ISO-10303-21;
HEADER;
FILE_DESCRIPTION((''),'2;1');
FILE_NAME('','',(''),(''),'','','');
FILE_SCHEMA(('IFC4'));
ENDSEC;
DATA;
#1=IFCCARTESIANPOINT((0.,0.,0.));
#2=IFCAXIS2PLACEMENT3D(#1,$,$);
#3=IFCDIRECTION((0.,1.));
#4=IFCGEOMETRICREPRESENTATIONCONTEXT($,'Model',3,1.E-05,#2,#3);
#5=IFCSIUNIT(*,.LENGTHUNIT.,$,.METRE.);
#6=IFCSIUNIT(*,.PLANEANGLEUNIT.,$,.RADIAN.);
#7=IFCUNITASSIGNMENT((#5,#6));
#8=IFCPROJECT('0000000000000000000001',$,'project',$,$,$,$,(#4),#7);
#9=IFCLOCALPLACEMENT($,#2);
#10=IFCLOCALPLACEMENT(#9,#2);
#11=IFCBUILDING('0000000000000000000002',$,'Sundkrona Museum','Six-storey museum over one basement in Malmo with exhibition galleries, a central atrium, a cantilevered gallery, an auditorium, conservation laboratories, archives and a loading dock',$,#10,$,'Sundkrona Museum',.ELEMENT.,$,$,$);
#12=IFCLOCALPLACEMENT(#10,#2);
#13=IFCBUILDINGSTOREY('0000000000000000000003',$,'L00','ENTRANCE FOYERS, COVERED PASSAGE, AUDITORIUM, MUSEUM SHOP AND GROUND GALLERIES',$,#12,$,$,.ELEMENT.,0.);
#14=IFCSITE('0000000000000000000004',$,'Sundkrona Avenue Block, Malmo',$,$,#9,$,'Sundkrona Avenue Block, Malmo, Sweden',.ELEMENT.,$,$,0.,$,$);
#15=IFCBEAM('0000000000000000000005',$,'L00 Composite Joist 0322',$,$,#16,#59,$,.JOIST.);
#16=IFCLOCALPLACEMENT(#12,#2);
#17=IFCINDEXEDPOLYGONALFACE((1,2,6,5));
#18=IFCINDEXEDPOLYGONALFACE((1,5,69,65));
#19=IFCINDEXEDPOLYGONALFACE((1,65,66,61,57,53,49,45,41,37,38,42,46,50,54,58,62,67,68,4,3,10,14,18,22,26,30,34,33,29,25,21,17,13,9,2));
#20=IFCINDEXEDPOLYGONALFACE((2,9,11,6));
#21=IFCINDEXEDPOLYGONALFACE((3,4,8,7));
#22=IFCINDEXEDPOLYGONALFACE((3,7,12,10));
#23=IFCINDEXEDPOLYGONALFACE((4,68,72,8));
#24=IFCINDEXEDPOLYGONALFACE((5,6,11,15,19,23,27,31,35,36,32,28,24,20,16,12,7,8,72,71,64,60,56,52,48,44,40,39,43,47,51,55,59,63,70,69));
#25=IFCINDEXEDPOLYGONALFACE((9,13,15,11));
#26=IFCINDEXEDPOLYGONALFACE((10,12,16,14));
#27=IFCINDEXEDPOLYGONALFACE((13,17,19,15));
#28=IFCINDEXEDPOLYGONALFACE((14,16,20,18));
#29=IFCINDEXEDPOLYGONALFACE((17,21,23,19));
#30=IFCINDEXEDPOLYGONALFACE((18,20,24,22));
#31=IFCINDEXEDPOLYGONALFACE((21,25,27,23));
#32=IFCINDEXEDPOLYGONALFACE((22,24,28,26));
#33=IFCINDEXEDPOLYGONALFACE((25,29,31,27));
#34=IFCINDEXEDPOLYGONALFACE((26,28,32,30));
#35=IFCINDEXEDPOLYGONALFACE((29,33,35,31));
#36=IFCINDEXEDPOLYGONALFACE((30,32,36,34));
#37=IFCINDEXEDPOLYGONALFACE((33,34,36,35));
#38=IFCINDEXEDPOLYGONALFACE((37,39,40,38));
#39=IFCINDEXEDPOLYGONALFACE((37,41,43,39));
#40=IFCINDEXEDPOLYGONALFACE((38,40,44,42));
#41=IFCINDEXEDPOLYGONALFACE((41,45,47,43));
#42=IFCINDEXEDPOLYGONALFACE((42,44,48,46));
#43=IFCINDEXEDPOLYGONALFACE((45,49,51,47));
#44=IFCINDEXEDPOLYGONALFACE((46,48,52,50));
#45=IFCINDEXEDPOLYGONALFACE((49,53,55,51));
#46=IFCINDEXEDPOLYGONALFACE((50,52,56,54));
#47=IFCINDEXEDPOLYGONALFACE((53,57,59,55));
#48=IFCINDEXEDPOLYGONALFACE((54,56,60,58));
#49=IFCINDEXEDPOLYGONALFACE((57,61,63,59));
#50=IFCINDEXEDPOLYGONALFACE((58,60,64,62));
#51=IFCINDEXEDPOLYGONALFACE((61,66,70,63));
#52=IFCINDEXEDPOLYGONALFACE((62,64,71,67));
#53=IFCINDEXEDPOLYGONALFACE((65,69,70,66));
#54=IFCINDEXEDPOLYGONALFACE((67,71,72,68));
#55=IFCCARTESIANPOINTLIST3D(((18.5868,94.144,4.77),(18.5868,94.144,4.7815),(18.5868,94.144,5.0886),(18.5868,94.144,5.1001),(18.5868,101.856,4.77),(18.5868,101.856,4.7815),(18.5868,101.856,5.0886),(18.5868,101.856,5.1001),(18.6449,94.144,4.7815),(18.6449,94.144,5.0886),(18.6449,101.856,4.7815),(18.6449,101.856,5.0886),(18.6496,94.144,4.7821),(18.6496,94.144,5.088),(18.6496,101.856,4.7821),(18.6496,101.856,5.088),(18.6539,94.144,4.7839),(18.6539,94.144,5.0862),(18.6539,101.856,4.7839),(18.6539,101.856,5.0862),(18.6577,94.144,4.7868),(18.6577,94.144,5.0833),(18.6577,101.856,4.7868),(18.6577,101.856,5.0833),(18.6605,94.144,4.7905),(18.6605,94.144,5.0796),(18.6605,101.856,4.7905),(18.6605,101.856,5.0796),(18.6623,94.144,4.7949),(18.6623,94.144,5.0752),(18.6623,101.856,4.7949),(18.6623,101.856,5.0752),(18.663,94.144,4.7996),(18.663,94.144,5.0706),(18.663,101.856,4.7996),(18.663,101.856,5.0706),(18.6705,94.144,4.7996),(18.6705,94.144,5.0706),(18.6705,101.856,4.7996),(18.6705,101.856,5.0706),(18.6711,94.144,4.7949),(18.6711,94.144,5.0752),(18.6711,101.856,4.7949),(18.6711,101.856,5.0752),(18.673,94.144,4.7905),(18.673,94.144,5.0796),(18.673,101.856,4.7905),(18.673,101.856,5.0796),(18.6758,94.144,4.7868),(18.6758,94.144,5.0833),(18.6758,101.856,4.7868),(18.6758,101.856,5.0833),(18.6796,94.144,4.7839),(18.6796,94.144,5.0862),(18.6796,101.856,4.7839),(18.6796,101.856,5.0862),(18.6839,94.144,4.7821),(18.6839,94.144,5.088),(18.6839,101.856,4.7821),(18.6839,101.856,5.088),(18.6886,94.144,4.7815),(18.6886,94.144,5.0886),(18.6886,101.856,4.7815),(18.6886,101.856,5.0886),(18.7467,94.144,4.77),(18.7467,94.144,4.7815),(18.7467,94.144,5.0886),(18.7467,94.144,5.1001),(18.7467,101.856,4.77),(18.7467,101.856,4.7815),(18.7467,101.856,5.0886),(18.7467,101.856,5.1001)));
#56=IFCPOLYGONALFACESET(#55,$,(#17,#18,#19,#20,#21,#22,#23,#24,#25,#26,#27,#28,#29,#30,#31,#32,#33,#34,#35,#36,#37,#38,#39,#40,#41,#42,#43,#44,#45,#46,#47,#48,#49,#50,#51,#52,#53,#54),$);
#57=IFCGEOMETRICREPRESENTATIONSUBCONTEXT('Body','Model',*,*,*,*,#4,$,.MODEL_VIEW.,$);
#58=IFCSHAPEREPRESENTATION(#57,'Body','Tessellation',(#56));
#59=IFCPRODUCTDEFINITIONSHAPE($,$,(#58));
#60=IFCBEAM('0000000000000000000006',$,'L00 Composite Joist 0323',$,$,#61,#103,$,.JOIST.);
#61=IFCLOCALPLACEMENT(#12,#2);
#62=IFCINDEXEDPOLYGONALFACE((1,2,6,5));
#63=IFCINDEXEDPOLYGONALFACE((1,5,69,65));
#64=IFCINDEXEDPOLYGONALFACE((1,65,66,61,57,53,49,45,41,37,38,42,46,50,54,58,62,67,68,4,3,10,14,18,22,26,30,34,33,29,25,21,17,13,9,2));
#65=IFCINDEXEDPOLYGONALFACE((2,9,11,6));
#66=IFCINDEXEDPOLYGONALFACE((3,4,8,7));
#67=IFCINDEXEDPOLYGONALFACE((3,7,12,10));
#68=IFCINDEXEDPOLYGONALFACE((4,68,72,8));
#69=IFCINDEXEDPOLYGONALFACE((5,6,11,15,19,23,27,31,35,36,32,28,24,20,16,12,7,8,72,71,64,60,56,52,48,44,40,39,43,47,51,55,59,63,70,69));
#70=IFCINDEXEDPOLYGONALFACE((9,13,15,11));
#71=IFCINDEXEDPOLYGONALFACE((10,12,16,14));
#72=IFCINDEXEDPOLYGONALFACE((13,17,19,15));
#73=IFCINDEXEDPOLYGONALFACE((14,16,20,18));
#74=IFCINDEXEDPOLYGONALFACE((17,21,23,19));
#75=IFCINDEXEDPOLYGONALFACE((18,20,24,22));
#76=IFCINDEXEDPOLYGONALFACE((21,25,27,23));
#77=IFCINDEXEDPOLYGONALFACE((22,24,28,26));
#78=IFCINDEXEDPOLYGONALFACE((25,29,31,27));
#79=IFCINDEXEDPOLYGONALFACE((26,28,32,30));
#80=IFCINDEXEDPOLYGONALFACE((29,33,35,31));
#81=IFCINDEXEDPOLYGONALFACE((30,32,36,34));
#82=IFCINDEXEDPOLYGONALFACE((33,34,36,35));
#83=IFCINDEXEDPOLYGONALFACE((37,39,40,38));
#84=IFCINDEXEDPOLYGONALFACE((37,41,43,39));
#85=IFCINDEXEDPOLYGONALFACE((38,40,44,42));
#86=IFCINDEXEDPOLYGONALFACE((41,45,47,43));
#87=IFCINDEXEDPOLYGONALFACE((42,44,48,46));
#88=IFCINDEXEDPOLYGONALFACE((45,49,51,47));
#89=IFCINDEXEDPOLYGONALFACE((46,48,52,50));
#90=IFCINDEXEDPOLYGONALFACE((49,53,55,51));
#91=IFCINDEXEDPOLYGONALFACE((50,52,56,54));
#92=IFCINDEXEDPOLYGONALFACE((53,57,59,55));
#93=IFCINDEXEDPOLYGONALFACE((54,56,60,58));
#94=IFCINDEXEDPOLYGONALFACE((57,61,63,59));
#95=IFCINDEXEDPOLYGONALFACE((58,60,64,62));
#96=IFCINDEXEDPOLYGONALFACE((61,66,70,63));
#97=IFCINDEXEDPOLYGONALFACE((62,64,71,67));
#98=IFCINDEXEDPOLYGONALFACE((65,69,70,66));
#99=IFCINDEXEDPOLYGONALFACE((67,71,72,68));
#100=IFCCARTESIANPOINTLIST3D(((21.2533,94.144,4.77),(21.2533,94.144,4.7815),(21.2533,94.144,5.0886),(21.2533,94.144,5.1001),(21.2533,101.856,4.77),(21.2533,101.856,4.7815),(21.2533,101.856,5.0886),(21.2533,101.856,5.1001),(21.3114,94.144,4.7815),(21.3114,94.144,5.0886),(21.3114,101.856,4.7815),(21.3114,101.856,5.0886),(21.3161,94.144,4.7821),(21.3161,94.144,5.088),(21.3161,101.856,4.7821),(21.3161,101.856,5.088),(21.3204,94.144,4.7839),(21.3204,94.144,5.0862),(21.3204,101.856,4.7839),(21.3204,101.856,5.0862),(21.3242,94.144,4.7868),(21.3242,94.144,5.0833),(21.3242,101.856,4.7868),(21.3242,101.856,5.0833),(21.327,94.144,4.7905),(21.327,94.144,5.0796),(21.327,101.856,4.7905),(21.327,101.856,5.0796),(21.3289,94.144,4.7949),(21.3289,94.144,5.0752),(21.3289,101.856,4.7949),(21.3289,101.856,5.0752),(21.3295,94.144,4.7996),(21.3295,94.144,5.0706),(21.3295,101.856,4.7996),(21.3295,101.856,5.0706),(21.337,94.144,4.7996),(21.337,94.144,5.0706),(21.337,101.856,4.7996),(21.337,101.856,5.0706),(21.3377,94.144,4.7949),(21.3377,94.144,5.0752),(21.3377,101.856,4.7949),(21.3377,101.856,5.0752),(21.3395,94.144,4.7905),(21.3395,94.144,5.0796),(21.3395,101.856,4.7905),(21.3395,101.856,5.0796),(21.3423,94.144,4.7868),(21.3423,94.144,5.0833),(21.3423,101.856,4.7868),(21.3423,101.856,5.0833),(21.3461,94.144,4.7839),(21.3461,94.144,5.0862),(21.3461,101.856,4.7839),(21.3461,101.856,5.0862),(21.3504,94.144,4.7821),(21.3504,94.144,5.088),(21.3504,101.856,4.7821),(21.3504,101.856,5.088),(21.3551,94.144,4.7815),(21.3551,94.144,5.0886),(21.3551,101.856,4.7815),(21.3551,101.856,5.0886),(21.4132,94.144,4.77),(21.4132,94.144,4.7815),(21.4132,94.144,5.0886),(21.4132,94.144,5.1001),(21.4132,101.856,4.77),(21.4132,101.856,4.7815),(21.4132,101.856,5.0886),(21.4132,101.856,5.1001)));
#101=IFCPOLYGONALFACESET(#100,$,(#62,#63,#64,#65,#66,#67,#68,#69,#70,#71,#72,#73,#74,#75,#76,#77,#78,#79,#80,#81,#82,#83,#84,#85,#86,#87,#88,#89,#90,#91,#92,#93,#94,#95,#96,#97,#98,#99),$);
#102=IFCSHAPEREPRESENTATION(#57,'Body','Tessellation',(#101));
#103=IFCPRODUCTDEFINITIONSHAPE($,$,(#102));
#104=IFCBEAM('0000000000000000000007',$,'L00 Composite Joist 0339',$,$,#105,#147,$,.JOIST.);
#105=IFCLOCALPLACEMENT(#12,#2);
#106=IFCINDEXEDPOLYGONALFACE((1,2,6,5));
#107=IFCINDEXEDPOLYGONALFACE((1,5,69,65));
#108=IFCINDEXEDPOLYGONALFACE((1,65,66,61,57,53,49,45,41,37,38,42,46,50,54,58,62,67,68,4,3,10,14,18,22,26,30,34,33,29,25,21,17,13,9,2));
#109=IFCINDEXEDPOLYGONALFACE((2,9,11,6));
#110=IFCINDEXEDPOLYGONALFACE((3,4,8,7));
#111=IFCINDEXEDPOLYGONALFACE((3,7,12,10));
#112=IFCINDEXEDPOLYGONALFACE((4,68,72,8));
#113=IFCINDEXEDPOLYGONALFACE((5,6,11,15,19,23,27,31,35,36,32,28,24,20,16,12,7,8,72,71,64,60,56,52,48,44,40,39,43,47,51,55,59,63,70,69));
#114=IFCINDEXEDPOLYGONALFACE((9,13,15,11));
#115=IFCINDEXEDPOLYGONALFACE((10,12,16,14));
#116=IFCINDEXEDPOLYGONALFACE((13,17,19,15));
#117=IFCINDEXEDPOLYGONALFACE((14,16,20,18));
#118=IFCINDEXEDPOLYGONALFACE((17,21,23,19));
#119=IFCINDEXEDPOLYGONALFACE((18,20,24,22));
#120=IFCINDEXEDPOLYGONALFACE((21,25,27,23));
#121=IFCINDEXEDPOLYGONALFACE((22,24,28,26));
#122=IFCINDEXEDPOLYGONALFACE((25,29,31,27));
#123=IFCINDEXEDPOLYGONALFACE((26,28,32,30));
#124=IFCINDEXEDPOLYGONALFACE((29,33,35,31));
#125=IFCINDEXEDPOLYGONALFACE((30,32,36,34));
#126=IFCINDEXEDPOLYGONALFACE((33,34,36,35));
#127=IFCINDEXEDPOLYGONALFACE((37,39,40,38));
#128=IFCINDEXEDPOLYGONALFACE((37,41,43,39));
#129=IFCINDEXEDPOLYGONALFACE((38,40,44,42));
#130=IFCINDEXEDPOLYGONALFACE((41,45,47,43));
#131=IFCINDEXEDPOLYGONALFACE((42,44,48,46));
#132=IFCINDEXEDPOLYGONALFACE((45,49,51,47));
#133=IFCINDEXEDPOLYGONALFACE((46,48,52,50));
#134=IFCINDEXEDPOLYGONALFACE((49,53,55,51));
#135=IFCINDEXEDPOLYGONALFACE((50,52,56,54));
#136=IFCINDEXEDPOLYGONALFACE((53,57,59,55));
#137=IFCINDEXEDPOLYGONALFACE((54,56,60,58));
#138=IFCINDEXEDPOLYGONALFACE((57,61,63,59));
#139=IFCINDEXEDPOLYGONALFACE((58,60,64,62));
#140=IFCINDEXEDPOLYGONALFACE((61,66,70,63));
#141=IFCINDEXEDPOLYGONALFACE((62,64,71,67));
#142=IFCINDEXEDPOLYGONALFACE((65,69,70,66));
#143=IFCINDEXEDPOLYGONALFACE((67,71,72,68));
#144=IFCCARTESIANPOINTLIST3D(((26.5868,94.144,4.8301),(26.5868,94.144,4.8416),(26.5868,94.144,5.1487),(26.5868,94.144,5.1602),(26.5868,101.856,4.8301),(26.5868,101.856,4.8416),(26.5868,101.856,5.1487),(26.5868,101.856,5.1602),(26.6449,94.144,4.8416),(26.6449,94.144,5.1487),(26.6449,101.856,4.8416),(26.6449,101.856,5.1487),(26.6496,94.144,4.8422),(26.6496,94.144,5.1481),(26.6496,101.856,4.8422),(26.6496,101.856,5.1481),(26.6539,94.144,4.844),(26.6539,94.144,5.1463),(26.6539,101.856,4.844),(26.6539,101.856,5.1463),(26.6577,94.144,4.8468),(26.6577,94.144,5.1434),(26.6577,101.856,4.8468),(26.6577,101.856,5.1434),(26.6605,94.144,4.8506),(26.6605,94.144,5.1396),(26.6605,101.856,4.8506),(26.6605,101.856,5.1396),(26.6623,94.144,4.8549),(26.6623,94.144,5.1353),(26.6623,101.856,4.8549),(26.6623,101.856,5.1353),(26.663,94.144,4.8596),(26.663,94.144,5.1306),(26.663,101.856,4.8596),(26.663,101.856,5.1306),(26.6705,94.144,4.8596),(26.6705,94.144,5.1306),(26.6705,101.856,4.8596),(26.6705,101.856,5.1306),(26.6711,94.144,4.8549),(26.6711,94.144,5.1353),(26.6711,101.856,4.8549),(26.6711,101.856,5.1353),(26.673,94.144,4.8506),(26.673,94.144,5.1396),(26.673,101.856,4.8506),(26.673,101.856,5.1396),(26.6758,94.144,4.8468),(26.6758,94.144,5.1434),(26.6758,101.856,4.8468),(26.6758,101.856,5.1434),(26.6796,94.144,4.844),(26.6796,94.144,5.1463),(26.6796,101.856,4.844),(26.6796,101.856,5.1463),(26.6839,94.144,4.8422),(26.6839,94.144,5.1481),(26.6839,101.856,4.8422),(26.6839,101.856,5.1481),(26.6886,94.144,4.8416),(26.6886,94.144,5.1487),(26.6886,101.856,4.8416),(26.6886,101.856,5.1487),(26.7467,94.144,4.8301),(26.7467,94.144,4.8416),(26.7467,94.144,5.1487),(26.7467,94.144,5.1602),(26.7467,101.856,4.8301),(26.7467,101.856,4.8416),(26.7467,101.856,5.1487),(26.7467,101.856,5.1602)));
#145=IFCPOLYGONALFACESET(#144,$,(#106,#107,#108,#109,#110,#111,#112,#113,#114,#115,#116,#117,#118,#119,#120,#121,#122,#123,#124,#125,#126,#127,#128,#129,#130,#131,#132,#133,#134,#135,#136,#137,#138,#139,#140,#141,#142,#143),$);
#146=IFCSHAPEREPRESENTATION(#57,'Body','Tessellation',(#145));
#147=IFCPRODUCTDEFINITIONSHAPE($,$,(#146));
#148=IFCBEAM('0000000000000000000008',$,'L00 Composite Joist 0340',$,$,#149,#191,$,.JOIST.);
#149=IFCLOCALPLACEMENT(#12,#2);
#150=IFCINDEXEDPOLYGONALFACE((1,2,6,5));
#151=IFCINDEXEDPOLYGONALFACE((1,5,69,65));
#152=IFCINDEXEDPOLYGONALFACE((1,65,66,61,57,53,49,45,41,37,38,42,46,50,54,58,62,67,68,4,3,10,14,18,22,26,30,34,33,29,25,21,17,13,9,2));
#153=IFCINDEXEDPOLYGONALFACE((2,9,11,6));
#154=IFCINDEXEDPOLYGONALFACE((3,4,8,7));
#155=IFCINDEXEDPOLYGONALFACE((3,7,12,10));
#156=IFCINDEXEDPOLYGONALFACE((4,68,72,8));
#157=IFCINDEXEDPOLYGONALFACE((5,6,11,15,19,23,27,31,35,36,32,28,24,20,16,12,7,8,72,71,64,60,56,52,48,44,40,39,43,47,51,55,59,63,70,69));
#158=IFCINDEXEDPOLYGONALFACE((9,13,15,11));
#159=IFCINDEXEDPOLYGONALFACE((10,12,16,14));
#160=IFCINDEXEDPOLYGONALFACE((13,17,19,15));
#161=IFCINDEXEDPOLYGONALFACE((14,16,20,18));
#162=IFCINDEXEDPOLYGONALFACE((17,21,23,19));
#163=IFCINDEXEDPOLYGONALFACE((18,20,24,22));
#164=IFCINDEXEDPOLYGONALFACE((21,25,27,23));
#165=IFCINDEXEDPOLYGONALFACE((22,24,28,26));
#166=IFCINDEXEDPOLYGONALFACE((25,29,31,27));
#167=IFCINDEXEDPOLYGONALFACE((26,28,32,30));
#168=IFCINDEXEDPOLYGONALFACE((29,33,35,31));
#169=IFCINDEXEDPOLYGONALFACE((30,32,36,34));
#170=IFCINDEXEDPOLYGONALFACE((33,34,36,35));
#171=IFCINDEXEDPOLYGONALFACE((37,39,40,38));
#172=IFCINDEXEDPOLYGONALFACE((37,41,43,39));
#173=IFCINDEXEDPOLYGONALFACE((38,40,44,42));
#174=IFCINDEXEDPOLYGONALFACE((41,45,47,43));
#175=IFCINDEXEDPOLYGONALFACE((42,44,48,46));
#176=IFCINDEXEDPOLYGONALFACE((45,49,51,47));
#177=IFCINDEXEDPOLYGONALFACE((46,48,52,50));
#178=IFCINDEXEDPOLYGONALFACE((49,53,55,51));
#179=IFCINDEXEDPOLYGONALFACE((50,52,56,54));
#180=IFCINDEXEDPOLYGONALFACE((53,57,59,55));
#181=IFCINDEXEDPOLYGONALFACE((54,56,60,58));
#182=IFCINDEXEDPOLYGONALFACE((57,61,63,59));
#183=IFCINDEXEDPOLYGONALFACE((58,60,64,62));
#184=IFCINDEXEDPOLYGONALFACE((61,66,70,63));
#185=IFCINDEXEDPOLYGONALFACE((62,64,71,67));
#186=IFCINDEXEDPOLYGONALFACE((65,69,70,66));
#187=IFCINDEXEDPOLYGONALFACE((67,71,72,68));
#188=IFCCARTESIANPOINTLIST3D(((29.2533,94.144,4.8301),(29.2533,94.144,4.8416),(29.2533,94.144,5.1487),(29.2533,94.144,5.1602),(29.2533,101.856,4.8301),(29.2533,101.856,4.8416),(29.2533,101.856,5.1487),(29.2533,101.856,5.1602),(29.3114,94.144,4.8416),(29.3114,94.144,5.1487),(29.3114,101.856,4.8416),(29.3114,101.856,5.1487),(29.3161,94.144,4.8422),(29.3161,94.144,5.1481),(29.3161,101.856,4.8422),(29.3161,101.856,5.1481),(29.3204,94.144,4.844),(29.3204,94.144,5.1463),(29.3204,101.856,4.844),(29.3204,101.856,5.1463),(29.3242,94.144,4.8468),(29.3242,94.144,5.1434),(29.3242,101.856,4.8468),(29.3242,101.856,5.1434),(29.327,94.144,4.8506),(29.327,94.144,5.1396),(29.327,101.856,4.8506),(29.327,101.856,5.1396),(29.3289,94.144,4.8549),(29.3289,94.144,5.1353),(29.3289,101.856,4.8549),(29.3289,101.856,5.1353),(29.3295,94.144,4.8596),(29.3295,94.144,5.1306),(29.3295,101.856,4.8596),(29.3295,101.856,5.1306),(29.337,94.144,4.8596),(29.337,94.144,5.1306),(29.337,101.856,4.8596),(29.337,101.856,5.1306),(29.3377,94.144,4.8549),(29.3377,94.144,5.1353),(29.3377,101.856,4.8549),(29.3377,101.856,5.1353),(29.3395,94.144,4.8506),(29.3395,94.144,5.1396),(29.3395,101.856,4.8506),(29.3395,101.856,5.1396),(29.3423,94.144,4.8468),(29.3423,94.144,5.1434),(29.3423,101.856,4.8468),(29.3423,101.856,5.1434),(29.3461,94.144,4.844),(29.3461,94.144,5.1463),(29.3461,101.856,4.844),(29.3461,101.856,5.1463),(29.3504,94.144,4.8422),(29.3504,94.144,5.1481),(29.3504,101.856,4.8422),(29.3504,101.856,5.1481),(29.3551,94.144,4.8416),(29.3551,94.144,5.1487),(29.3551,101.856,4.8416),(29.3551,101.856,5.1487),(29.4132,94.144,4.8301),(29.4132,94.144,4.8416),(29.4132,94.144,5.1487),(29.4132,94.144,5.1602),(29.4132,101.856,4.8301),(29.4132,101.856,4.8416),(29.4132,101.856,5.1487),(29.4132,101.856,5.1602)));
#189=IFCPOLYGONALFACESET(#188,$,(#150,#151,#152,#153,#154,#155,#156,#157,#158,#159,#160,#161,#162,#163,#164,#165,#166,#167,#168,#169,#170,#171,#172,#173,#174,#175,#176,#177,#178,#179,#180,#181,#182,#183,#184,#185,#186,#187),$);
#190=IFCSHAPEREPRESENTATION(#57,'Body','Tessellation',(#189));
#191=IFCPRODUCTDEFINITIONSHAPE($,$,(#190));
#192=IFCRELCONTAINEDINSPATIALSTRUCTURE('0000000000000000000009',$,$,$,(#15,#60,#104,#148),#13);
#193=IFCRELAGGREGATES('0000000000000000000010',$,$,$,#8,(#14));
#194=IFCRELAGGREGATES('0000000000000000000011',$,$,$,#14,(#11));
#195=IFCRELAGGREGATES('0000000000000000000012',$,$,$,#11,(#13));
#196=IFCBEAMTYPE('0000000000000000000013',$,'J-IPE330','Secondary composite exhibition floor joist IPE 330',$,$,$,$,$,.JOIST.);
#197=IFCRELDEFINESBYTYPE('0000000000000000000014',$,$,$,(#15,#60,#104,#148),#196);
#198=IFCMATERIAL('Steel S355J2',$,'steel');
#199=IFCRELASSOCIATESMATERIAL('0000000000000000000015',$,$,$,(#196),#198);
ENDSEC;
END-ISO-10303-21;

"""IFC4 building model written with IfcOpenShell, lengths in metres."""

from ifc_helpers import new_model, si_unit, direction, frame, origin, origin_2d, place, context, subcontext, project, spatial, i_section, extrude, material, material_profile, profile_set, type_object, element, save


model = new_model("IFC4")

# Units and contexts
model_context = context("Model", 3, precision=1e-05, world=origin(), true_north=direction((0.0, 1.0)))
body_context = subcontext(model_context, "Body", "Model", "MODEL_VIEW")
ifc_project = project(units=[si_unit("LENGTHUNIT", "METRE"), si_unit("PLANEANGLEUNIT", "RADIAN")], contexts=[model_context])

# Site, building, storey
site_placement = place(None, origin())
site = spatial("IfcSite", under=ifc_project, at=site_placement, Name="Sundkrona Avenue Block, Malmo", LongName="Sundkrona Avenue Block, Malmo, Sweden", CompositionType="ELEMENT", RefElevation=0.0)
building_placement = place(site_placement, origin())
building = spatial("IfcBuilding", under=site, at=building_placement, Name="Sundkrona Museum", Description="Six-storey museum over one basement in Malmo with exhibition galleries, a central atrium, a cantilevered gallery, an auditorium, conservation laboratories, archives and a loading dock", LongName="Sundkrona Museum", CompositionType="ELEMENT")
storey_placement = place(building_placement, origin())
storey = spatial("IfcBuildingStorey", under=building, at=storey_placement, Name="L00", Description="ENTRANCE FOYERS, COVERED PASSAGE, AUDITORIUM, MUSEUM SHOP AND GROUND GALLERIES", CompositionType="ELEMENT", Elevation=0.0)

# Shared definitions
ifc_material_1 = material(Name="Steel S355J2", Category="steel")

# Beams
ifc_material_profile_1 = material_profile(ifc_material_1, i_section(OverallWidth=0.1599, OverallDepth=0.3301, WebThickness=0.0076, FlangeThickness=0.0115, FilletRadius=0.0181, at=origin_2d()), Name="IPE 330")
ifc_profile_set_1 = profile_set([ifc_material_profile_1], Name="Steel S355J2")
beam_type_1 = type_object("IfcBeamType", Name="J-IPE330", Description="Secondary composite exhibition floor joist IPE 330", PredefinedType="JOIST", material=ifc_profile_set_1)
for number, where, z_axis, x_axis, name in (
    (1, (18.6667, 94.144, 4.9351), (0.0, 1.0, 0.0), (-1.0, 0.0, 0.0), "L00 Composite Joist 0322"),
    (2, (21.3333, 94.144, 4.9351), (0.0, 1.0, 0.0), (-1.0, 0.0, 0.0), "L00 Composite Joist 0323"),
    (3, (26.6667, 94.144, 4.9951), (0.0, 1.0, 0.0), (-1.0, 0.0, 0.0), "L00 Composite Joist 0339"),
    (4, (29.3333, 94.144, 4.9951), (0.0, 1.0, 0.0), (-1.0, 0.0, 0.0), "L00 Composite Joist 0340"),
):
    element("IfcBeam", number, at=place(storey_placement, frame(where, z_axis=z_axis, x_axis=x_axis)), inside=storey, type_object=beam_type_1, Name=name, PredefinedType="JOIST", context=body_context, shape_type="SweptSolid", body=[
        extrude(i_section(OverallWidth=0.1599, OverallDepth=0.3301, WebThickness=0.0076, FlangeThickness=0.0115, FilletRadius=0.0181, at=origin_2d()), origin(), (0.0, 0.0, 1.0), 7.7119),
    ])

save(model, "model.ifc")
